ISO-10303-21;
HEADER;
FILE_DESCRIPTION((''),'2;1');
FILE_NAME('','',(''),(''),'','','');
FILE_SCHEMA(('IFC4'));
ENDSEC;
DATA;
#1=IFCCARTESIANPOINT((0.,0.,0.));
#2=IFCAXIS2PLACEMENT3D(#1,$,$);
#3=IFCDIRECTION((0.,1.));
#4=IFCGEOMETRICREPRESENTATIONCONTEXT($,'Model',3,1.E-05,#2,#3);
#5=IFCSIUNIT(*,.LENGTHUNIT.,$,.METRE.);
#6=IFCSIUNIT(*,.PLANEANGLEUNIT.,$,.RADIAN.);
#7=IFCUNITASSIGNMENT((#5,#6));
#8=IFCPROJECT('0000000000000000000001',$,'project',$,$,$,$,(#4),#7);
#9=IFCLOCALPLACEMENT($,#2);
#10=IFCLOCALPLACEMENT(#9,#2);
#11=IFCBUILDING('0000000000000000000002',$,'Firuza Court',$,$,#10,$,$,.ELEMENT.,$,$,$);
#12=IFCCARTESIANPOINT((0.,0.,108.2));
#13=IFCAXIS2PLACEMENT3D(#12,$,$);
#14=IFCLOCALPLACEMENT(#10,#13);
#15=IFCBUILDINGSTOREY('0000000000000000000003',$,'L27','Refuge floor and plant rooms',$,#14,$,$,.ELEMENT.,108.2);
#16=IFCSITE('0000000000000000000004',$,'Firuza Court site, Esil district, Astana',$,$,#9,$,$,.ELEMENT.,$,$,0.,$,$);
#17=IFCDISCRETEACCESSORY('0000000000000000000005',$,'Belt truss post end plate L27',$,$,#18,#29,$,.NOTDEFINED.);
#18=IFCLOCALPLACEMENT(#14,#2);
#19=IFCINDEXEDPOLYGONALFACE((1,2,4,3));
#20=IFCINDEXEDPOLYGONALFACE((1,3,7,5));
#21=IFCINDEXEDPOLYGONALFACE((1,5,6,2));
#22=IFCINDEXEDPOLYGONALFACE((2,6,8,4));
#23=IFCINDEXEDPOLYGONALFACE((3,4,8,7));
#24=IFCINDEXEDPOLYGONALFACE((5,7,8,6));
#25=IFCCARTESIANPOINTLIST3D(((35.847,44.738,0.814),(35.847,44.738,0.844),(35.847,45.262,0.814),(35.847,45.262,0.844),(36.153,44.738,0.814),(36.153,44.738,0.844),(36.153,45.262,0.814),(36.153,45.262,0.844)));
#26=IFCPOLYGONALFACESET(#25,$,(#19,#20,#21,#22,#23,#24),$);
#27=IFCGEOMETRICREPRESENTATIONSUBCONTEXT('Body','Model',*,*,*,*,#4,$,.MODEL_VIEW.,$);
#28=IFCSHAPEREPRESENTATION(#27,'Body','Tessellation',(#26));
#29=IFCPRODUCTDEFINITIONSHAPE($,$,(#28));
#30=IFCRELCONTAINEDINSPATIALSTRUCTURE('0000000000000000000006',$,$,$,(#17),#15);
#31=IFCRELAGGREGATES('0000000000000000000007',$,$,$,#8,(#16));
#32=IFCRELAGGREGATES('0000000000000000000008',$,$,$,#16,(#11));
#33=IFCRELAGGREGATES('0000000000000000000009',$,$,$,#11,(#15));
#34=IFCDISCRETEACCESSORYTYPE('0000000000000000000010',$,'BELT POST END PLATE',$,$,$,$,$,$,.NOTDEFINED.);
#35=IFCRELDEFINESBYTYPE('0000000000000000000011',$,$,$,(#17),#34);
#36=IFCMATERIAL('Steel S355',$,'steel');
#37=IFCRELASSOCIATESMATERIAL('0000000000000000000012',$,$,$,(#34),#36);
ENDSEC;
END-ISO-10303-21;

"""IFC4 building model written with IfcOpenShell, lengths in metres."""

from ifc_helpers import new_model, si_unit, direction, frame, origin, origin_2d, place, context, subcontext, project, spatial, rectangle, extrude, material, material_profile, profile_set, type_object, element, save


model = new_model("IFC4")

# Units and contexts
model_context = context("Model", 3, precision=1e-05, world=origin(), true_north=direction((0.0, 1.0)))
body_context = subcontext(model_context, "Body", "Model", "MODEL_VIEW")
ifc_project = project(units=[si_unit("LENGTHUNIT", "METRE"), si_unit("PLANEANGLEUNIT", "RADIAN")], contexts=[model_context])

# Site, building, storey
site_placement = place(None, origin())
site = spatial("IfcSite", under=ifc_project, at=site_placement, Name="Firuza Court site, Esil district, Astana", CompositionType="ELEMENT", RefElevation=0.0)
building_placement = place(site_placement, origin())
building = spatial("IfcBuilding", under=site, at=building_placement, Name="Firuza Court", CompositionType="ELEMENT")
storey_placement = place(building_placement, frame((0.0, 0.0, 108.2)))
storey = spatial("IfcBuildingStorey", under=building, at=storey_placement, Name="L27", Description="Refuge floor and plant rooms", CompositionType="ELEMENT", Elevation=108.2)

# Discrete accessory
ifc_material_1 = material(Name="Steel S355", Category="steel")
ifc_material_profile_1 = material_profile(ifc_material_1, rectangle(XDim=0.3059, YDim=0.5239, at=origin_2d()), Name="PL 306X524")
ifc_profile_set_1 = profile_set([ifc_material_profile_1], Name="Steel S355")
discrete_accessory_type = type_object("IfcDiscreteAccessoryType", Name="BELT POST END PLATE", PredefinedType="NOTDEFINED", material=ifc_profile_set_1)
discrete_accessory_1_placement = place(storey_placement, frame((36.0, 45.0, 0.814), z_axis=(0.0, 0.0, 1.0), x_axis=(1.0, 0.0, 0.0)))
element("IfcDiscreteAccessory", 1, at=discrete_accessory_1_placement, inside=storey, type_object=discrete_accessory_type, Name="Belt truss post end plate L27", PredefinedType="NOTDEFINED", context=body_context, shape_type="SweptSolid", body=[
    extrude(rectangle(XDim=0.3059, YDim=0.5239, at=origin_2d()), origin(), (0.0, 0.0, 1.0), 0.03),
])

save(model, "model.ifc")
